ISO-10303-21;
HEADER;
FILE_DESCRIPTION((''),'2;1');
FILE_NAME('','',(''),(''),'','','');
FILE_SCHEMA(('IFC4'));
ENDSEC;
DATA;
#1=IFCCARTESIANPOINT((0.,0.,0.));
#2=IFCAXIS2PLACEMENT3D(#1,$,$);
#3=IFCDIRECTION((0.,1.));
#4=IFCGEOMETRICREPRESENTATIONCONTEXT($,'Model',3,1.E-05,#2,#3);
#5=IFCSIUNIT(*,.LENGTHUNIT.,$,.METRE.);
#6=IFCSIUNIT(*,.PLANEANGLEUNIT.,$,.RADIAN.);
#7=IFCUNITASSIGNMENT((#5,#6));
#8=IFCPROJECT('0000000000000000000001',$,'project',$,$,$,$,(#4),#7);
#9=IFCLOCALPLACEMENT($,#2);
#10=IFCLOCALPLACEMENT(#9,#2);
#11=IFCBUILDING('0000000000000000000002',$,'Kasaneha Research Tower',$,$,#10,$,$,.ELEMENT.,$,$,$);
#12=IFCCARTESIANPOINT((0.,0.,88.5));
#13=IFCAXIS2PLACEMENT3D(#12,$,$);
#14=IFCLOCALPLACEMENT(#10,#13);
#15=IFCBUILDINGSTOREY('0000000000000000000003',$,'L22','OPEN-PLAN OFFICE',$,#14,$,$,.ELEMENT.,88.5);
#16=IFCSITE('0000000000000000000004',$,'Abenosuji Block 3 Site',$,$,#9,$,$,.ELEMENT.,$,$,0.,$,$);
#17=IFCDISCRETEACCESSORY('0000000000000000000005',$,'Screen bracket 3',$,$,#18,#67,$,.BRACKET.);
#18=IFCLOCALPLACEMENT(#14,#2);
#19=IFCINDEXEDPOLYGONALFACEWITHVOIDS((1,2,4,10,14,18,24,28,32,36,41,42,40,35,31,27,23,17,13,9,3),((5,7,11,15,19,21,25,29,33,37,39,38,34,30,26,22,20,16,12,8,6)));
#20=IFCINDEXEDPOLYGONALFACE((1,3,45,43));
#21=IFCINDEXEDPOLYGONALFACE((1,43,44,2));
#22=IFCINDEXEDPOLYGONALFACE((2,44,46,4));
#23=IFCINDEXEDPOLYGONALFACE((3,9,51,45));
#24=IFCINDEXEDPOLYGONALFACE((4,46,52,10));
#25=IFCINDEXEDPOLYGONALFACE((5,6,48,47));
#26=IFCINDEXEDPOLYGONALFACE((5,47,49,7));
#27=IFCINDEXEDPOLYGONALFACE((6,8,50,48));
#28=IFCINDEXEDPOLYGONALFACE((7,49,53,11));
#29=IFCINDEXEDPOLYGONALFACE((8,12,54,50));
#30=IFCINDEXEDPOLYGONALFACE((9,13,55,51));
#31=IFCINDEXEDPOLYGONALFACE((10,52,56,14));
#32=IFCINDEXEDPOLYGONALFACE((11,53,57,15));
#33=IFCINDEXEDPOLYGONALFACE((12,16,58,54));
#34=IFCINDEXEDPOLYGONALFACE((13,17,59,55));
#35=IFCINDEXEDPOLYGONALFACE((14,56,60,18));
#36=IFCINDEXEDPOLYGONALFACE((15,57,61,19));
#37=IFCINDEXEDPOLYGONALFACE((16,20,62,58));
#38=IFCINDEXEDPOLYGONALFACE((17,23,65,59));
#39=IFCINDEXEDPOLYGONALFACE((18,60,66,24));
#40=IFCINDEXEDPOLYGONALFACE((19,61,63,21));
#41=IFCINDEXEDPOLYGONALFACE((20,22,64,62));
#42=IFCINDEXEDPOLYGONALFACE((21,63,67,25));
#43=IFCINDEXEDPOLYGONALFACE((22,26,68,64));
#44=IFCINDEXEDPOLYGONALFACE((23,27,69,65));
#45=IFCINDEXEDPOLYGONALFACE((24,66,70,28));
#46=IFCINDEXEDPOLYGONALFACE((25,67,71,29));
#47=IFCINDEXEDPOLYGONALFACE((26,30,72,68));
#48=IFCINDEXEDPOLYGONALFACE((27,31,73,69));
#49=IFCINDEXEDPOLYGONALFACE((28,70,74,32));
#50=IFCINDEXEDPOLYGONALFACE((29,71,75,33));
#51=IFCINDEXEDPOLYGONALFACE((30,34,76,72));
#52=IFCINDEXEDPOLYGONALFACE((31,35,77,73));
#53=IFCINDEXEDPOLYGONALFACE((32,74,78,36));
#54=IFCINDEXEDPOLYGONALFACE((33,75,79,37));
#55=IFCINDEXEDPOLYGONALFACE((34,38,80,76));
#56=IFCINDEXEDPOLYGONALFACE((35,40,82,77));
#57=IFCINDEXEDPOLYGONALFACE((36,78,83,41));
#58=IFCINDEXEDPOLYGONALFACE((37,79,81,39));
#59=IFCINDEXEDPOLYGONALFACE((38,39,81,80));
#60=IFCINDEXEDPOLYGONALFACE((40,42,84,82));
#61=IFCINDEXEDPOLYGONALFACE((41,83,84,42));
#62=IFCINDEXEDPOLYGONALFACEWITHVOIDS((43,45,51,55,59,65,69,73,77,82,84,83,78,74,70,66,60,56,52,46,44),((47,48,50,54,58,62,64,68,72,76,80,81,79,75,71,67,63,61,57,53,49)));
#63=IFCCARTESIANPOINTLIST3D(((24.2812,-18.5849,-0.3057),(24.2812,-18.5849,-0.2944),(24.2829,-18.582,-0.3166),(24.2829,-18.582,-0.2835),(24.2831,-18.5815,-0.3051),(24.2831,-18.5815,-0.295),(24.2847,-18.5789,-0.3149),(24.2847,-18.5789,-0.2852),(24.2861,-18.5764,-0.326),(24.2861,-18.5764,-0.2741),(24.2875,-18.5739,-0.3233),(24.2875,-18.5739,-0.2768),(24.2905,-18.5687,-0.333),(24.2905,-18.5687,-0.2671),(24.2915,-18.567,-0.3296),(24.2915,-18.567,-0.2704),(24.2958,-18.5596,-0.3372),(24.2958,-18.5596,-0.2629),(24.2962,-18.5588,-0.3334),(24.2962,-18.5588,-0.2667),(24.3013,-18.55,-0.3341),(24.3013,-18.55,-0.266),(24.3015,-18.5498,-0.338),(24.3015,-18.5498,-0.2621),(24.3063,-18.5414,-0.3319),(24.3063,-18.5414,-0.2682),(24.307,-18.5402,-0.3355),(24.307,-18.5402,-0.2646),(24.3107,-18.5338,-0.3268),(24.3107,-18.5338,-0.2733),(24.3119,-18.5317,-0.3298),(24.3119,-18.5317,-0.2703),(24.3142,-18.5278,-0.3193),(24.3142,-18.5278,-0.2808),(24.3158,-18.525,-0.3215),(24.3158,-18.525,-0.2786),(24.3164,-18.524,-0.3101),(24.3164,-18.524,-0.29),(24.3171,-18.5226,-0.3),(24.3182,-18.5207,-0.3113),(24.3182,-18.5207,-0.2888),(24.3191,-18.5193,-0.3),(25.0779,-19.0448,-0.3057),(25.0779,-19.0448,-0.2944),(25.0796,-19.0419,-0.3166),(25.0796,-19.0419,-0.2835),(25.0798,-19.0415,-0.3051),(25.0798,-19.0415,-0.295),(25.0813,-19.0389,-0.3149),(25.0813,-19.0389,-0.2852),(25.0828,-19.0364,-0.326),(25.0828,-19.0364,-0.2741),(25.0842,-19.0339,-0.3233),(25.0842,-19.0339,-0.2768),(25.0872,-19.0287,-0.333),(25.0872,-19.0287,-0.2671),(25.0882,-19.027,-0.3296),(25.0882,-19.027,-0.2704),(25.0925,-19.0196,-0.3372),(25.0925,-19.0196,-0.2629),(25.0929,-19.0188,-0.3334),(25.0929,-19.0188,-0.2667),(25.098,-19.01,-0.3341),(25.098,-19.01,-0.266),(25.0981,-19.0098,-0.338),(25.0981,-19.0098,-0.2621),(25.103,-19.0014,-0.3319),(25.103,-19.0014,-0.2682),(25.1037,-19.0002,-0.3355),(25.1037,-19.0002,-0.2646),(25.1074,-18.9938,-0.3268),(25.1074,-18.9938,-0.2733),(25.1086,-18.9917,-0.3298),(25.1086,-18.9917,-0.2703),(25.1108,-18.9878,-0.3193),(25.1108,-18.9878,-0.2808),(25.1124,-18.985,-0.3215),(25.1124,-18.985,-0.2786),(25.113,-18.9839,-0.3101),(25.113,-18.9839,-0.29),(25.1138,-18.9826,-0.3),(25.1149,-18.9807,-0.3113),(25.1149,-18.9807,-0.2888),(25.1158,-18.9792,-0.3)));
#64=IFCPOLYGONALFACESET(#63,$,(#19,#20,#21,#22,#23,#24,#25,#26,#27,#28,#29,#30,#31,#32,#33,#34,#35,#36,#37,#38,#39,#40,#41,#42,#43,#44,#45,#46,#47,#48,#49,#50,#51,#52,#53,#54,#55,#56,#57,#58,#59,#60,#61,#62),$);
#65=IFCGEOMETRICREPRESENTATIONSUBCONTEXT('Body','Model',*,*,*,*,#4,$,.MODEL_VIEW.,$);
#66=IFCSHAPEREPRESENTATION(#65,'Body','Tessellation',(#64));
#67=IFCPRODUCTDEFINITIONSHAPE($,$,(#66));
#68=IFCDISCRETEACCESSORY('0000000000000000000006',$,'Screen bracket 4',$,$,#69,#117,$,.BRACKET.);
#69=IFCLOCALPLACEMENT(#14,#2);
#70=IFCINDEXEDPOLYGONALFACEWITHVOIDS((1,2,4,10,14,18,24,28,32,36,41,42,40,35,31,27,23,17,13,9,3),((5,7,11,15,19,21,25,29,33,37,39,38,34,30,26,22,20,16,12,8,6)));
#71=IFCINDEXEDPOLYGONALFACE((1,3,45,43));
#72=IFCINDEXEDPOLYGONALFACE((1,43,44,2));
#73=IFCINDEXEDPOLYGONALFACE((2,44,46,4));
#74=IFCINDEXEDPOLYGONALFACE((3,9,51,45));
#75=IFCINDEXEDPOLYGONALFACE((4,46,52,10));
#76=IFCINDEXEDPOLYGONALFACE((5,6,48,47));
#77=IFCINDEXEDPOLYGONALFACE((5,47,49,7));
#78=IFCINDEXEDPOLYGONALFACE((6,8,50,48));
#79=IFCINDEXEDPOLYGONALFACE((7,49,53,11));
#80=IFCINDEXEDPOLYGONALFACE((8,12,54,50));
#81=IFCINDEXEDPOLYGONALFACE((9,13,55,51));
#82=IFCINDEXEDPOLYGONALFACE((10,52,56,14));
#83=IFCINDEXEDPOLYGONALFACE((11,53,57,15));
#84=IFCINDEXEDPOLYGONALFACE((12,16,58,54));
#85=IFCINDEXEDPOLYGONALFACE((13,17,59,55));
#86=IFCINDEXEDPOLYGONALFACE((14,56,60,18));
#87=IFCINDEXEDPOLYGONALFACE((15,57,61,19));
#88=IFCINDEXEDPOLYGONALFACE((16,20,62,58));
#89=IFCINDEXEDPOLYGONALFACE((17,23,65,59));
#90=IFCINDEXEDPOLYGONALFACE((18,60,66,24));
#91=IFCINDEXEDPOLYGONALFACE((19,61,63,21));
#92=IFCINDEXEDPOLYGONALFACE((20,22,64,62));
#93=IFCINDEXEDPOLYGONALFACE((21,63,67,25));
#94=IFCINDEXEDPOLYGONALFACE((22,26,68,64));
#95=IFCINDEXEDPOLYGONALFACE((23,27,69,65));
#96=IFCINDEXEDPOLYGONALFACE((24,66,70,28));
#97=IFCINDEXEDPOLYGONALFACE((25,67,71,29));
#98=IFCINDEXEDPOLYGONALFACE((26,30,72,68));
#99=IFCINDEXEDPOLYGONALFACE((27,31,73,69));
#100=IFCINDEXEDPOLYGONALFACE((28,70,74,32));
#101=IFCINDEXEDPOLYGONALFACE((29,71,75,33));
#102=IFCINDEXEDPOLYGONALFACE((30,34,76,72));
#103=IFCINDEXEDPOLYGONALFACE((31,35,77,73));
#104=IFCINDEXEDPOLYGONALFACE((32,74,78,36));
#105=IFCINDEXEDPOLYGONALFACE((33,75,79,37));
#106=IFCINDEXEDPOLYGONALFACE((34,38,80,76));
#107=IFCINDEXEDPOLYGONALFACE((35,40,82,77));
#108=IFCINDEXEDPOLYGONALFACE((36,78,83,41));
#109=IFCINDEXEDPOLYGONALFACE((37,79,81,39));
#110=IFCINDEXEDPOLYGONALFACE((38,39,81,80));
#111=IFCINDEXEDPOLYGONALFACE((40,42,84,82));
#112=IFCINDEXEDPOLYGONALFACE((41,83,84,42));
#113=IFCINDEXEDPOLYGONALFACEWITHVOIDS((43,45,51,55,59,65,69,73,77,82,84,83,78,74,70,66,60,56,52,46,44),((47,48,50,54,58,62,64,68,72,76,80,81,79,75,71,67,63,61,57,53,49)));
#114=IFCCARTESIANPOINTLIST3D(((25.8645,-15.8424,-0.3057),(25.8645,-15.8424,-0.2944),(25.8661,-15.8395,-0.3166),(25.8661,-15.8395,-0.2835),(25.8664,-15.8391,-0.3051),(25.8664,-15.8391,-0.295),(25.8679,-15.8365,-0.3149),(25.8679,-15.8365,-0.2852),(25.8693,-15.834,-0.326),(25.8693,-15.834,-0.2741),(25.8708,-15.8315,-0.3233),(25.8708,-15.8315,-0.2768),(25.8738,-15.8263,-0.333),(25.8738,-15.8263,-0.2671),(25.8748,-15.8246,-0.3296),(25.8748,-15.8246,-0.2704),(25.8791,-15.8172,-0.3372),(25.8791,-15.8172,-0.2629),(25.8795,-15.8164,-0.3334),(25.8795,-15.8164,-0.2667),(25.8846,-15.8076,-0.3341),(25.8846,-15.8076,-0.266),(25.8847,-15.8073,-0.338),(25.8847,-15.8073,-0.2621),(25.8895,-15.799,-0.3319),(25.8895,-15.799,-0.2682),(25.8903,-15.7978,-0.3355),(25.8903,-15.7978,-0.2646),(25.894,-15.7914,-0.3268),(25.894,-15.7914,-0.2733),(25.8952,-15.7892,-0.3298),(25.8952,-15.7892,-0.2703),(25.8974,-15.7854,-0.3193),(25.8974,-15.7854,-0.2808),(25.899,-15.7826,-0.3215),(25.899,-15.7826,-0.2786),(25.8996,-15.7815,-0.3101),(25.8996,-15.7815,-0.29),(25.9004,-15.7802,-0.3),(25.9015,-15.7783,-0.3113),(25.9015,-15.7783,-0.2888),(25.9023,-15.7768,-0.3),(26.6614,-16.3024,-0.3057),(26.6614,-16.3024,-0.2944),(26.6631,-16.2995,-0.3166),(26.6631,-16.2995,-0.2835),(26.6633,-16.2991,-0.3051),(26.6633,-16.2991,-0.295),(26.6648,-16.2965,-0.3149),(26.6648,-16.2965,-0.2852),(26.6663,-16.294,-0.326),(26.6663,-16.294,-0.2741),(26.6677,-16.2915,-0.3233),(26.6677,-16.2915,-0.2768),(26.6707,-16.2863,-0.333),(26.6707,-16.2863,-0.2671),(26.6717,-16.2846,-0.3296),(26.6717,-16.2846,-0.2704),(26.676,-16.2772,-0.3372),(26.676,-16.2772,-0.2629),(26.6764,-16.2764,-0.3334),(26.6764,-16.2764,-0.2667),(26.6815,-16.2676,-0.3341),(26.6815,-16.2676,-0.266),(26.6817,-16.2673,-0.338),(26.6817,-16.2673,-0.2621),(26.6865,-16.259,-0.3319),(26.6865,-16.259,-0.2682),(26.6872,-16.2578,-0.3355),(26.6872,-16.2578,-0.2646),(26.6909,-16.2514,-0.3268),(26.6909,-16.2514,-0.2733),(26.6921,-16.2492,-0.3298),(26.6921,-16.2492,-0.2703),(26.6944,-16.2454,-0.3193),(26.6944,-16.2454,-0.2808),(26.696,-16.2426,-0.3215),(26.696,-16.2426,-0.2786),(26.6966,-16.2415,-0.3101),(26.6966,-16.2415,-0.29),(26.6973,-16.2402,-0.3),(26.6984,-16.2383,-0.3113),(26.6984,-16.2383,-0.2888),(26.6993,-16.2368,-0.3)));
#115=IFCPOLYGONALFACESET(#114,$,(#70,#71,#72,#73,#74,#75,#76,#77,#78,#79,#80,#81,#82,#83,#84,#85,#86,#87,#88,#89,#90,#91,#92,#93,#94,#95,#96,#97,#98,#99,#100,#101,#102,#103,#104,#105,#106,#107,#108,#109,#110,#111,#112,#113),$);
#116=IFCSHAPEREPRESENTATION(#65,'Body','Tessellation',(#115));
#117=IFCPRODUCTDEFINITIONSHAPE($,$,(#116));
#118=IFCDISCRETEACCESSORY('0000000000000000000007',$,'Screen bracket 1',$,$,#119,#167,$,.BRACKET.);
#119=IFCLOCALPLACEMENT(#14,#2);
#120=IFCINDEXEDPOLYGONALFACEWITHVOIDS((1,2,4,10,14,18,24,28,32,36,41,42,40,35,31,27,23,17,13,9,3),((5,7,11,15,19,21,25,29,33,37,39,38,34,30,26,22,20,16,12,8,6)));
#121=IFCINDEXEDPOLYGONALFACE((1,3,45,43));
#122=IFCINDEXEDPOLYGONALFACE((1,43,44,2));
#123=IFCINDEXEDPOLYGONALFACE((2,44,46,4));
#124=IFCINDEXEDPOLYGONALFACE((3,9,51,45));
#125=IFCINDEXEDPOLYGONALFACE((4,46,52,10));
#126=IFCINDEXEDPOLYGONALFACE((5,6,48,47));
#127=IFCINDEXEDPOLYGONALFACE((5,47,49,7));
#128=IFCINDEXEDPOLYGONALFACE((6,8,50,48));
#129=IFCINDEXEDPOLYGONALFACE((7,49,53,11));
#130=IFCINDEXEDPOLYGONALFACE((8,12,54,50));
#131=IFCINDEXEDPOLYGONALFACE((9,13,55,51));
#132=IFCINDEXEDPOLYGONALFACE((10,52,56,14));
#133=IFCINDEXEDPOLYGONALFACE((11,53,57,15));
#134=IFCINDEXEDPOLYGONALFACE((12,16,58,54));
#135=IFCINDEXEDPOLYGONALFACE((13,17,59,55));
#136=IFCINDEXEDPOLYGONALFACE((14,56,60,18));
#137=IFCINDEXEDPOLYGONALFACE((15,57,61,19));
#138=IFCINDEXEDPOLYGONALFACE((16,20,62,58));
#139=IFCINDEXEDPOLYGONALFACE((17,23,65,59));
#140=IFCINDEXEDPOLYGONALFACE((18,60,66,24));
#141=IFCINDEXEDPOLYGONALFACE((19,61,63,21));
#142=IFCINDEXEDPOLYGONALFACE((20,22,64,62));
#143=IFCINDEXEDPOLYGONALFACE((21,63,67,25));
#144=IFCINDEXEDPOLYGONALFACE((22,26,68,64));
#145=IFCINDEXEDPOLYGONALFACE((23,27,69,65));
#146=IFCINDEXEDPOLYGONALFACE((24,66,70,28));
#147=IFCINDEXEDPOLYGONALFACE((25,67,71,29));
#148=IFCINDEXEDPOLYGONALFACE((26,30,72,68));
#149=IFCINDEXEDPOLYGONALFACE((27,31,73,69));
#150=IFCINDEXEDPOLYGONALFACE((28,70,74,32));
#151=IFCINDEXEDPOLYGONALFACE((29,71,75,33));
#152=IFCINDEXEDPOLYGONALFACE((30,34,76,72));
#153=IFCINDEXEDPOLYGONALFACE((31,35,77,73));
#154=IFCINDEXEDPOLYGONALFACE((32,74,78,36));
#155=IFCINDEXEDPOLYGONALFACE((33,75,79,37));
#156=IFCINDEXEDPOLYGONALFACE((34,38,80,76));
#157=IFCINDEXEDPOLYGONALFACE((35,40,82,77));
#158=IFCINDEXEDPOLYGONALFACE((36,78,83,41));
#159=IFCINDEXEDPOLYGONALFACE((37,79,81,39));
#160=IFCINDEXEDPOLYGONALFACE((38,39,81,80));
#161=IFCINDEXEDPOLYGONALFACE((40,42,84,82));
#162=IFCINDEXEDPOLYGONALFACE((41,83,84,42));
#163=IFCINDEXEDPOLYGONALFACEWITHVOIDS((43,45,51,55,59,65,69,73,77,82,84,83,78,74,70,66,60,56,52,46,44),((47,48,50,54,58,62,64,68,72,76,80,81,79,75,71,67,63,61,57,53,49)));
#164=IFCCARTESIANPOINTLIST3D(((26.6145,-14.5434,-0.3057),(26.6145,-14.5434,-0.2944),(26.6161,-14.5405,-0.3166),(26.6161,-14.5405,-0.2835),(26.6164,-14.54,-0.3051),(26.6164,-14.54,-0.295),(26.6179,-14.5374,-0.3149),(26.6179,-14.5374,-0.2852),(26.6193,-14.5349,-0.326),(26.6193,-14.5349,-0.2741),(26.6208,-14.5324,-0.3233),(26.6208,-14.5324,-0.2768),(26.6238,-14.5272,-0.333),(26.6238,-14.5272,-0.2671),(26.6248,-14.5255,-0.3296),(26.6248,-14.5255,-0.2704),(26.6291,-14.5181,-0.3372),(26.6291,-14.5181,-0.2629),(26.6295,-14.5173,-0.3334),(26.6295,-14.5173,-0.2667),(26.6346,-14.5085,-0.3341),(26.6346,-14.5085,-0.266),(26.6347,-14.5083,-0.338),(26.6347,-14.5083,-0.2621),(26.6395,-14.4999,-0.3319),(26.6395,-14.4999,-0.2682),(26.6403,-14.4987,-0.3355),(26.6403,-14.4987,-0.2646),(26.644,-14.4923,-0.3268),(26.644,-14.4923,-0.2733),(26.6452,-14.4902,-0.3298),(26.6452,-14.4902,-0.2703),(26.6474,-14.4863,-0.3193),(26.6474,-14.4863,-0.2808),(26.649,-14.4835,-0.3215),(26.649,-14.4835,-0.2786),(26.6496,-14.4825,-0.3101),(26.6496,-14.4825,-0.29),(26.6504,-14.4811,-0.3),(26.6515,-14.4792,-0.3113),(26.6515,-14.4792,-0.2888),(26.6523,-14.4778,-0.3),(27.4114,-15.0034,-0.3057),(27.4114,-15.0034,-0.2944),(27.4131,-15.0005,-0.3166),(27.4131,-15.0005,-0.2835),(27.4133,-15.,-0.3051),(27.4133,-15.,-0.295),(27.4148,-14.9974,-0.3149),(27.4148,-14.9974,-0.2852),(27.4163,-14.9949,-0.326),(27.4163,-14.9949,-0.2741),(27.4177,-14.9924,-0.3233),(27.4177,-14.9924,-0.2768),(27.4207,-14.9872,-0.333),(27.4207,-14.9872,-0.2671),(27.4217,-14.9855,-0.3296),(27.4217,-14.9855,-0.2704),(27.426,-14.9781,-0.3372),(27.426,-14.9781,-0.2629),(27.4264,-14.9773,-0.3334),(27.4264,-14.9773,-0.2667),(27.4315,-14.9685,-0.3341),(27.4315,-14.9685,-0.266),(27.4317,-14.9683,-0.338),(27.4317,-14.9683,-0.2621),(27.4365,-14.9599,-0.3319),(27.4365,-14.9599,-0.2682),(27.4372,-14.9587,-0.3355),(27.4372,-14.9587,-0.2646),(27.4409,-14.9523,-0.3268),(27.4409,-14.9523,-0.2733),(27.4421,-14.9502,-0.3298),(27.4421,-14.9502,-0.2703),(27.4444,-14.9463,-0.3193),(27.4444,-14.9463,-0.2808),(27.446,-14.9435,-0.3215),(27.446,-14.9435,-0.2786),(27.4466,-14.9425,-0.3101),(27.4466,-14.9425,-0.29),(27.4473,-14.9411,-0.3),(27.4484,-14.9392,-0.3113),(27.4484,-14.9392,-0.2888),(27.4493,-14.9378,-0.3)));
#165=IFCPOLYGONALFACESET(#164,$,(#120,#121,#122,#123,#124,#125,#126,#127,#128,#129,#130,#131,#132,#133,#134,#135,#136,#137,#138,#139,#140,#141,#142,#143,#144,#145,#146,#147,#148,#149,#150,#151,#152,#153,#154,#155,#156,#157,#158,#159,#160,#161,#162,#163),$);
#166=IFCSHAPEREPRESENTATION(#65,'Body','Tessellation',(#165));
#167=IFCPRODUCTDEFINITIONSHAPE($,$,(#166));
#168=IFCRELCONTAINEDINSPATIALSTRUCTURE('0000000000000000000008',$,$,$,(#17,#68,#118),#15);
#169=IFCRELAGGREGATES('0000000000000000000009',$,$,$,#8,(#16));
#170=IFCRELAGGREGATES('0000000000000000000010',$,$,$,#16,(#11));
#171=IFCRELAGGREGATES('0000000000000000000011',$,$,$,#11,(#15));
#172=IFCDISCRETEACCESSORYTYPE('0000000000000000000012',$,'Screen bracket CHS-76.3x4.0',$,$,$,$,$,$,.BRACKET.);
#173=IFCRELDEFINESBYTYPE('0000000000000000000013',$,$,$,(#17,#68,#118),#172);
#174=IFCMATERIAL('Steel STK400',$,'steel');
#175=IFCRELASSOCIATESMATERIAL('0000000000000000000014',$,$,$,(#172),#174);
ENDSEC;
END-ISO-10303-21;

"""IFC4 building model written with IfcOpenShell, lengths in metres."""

from ifc_helpers import new_model, si_unit, direction, frame, origin, origin_2d, place, context, subcontext, project, spatial, hollow_circle, extrude, material, material_profile, profile_set, type_object, element, save


model = new_model("IFC4")

# Units and contexts
model_context = context("Model", 3, precision=1e-05, world=origin(), true_north=direction((0.0, 1.0)))
body_context = subcontext(model_context, "Body", "Model", "MODEL_VIEW")
ifc_project = project(units=[si_unit("LENGTHUNIT", "METRE"), si_unit("PLANEANGLEUNIT", "RADIAN")], contexts=[model_context])

# Site, building, storey
site_placement = place(None, origin())
site = spatial("IfcSite", under=ifc_project, at=site_placement, Name="Abenosuji Block 3 Site", CompositionType="ELEMENT", RefElevation=0.0)
building_placement = place(site_placement, origin())
building = spatial("IfcBuilding", under=site, at=building_placement, Name="Kasaneha Research Tower", CompositionType="ELEMENT")
storey_placement = place(building_placement, frame((0.0, 0.0, 88.5)))
storey = spatial("IfcBuildingStorey", under=building, at=storey_placement, Name="L22", Description="OPEN-PLAN OFFICE", CompositionType="ELEMENT", Elevation=88.5)

# Discrete accessories
ifc_material_1 = material(Name="Steel STK400", Category="steel")
ifc_material_profile_1 = material_profile(ifc_material_1, hollow_circle(Radius=0.0381, WallThickness=0.0039, at=origin_2d()), Name="CHS-76.3x4.0")
ifc_profile_set_1 = profile_set([ifc_material_profile_1], Name="Steel STK400")
discrete_accessory_type = type_object("IfcDiscreteAccessoryType", Name="Screen bracket CHS-76.3x4.0", PredefinedType="BRACKET", material=ifc_profile_set_1)
discrete_accessory_1_placement = place(storey_placement, frame((24.3, -18.5522, -0.3), z_axis=(0.866013, -0.500021, 0.0), x_axis=(0.500021, 0.866013, 0.0)))
element("IfcDiscreteAccessory", 1, at=discrete_accessory_1_placement, inside=storey, type_object=discrete_accessory_type, Name="Screen bracket 3", PredefinedType="BRACKET", context=body_context, shape_type="SweptSolid", body=[
    extrude(hollow_circle(Radius=0.0381, WallThickness=0.0039, at=origin_2d()), origin(), (0.0, 0.0, 1.0), 0.9199),
])
for number, where, z_axis, x_axis, name in (
    (2, (25.8833, -15.8098, -0.3), (0.86608, -0.499906, 0.0), (0.499906, 0.86608, 0.0), "Screen bracket 4"),
    (3, (26.6333, -14.5107, -0.3), (0.86608, -0.499906, 0.0), (0.499906, 0.86608, 0.0), "Screen bracket 1"),
):
    element("IfcDiscreteAccessory", number, at=place(storey_placement, frame(where, z_axis=z_axis, x_axis=x_axis)), inside=storey, type_object=discrete_accessory_type, Name=name, PredefinedType="BRACKET", context=body_context, shape_type="SweptSolid", body=[
        extrude(hollow_circle(Radius=0.0381, WallThickness=0.0039, at=origin_2d()), origin(), (0.0, 0.0, 1.0), 0.9202),
    ])

save(model, "model.ifc")
